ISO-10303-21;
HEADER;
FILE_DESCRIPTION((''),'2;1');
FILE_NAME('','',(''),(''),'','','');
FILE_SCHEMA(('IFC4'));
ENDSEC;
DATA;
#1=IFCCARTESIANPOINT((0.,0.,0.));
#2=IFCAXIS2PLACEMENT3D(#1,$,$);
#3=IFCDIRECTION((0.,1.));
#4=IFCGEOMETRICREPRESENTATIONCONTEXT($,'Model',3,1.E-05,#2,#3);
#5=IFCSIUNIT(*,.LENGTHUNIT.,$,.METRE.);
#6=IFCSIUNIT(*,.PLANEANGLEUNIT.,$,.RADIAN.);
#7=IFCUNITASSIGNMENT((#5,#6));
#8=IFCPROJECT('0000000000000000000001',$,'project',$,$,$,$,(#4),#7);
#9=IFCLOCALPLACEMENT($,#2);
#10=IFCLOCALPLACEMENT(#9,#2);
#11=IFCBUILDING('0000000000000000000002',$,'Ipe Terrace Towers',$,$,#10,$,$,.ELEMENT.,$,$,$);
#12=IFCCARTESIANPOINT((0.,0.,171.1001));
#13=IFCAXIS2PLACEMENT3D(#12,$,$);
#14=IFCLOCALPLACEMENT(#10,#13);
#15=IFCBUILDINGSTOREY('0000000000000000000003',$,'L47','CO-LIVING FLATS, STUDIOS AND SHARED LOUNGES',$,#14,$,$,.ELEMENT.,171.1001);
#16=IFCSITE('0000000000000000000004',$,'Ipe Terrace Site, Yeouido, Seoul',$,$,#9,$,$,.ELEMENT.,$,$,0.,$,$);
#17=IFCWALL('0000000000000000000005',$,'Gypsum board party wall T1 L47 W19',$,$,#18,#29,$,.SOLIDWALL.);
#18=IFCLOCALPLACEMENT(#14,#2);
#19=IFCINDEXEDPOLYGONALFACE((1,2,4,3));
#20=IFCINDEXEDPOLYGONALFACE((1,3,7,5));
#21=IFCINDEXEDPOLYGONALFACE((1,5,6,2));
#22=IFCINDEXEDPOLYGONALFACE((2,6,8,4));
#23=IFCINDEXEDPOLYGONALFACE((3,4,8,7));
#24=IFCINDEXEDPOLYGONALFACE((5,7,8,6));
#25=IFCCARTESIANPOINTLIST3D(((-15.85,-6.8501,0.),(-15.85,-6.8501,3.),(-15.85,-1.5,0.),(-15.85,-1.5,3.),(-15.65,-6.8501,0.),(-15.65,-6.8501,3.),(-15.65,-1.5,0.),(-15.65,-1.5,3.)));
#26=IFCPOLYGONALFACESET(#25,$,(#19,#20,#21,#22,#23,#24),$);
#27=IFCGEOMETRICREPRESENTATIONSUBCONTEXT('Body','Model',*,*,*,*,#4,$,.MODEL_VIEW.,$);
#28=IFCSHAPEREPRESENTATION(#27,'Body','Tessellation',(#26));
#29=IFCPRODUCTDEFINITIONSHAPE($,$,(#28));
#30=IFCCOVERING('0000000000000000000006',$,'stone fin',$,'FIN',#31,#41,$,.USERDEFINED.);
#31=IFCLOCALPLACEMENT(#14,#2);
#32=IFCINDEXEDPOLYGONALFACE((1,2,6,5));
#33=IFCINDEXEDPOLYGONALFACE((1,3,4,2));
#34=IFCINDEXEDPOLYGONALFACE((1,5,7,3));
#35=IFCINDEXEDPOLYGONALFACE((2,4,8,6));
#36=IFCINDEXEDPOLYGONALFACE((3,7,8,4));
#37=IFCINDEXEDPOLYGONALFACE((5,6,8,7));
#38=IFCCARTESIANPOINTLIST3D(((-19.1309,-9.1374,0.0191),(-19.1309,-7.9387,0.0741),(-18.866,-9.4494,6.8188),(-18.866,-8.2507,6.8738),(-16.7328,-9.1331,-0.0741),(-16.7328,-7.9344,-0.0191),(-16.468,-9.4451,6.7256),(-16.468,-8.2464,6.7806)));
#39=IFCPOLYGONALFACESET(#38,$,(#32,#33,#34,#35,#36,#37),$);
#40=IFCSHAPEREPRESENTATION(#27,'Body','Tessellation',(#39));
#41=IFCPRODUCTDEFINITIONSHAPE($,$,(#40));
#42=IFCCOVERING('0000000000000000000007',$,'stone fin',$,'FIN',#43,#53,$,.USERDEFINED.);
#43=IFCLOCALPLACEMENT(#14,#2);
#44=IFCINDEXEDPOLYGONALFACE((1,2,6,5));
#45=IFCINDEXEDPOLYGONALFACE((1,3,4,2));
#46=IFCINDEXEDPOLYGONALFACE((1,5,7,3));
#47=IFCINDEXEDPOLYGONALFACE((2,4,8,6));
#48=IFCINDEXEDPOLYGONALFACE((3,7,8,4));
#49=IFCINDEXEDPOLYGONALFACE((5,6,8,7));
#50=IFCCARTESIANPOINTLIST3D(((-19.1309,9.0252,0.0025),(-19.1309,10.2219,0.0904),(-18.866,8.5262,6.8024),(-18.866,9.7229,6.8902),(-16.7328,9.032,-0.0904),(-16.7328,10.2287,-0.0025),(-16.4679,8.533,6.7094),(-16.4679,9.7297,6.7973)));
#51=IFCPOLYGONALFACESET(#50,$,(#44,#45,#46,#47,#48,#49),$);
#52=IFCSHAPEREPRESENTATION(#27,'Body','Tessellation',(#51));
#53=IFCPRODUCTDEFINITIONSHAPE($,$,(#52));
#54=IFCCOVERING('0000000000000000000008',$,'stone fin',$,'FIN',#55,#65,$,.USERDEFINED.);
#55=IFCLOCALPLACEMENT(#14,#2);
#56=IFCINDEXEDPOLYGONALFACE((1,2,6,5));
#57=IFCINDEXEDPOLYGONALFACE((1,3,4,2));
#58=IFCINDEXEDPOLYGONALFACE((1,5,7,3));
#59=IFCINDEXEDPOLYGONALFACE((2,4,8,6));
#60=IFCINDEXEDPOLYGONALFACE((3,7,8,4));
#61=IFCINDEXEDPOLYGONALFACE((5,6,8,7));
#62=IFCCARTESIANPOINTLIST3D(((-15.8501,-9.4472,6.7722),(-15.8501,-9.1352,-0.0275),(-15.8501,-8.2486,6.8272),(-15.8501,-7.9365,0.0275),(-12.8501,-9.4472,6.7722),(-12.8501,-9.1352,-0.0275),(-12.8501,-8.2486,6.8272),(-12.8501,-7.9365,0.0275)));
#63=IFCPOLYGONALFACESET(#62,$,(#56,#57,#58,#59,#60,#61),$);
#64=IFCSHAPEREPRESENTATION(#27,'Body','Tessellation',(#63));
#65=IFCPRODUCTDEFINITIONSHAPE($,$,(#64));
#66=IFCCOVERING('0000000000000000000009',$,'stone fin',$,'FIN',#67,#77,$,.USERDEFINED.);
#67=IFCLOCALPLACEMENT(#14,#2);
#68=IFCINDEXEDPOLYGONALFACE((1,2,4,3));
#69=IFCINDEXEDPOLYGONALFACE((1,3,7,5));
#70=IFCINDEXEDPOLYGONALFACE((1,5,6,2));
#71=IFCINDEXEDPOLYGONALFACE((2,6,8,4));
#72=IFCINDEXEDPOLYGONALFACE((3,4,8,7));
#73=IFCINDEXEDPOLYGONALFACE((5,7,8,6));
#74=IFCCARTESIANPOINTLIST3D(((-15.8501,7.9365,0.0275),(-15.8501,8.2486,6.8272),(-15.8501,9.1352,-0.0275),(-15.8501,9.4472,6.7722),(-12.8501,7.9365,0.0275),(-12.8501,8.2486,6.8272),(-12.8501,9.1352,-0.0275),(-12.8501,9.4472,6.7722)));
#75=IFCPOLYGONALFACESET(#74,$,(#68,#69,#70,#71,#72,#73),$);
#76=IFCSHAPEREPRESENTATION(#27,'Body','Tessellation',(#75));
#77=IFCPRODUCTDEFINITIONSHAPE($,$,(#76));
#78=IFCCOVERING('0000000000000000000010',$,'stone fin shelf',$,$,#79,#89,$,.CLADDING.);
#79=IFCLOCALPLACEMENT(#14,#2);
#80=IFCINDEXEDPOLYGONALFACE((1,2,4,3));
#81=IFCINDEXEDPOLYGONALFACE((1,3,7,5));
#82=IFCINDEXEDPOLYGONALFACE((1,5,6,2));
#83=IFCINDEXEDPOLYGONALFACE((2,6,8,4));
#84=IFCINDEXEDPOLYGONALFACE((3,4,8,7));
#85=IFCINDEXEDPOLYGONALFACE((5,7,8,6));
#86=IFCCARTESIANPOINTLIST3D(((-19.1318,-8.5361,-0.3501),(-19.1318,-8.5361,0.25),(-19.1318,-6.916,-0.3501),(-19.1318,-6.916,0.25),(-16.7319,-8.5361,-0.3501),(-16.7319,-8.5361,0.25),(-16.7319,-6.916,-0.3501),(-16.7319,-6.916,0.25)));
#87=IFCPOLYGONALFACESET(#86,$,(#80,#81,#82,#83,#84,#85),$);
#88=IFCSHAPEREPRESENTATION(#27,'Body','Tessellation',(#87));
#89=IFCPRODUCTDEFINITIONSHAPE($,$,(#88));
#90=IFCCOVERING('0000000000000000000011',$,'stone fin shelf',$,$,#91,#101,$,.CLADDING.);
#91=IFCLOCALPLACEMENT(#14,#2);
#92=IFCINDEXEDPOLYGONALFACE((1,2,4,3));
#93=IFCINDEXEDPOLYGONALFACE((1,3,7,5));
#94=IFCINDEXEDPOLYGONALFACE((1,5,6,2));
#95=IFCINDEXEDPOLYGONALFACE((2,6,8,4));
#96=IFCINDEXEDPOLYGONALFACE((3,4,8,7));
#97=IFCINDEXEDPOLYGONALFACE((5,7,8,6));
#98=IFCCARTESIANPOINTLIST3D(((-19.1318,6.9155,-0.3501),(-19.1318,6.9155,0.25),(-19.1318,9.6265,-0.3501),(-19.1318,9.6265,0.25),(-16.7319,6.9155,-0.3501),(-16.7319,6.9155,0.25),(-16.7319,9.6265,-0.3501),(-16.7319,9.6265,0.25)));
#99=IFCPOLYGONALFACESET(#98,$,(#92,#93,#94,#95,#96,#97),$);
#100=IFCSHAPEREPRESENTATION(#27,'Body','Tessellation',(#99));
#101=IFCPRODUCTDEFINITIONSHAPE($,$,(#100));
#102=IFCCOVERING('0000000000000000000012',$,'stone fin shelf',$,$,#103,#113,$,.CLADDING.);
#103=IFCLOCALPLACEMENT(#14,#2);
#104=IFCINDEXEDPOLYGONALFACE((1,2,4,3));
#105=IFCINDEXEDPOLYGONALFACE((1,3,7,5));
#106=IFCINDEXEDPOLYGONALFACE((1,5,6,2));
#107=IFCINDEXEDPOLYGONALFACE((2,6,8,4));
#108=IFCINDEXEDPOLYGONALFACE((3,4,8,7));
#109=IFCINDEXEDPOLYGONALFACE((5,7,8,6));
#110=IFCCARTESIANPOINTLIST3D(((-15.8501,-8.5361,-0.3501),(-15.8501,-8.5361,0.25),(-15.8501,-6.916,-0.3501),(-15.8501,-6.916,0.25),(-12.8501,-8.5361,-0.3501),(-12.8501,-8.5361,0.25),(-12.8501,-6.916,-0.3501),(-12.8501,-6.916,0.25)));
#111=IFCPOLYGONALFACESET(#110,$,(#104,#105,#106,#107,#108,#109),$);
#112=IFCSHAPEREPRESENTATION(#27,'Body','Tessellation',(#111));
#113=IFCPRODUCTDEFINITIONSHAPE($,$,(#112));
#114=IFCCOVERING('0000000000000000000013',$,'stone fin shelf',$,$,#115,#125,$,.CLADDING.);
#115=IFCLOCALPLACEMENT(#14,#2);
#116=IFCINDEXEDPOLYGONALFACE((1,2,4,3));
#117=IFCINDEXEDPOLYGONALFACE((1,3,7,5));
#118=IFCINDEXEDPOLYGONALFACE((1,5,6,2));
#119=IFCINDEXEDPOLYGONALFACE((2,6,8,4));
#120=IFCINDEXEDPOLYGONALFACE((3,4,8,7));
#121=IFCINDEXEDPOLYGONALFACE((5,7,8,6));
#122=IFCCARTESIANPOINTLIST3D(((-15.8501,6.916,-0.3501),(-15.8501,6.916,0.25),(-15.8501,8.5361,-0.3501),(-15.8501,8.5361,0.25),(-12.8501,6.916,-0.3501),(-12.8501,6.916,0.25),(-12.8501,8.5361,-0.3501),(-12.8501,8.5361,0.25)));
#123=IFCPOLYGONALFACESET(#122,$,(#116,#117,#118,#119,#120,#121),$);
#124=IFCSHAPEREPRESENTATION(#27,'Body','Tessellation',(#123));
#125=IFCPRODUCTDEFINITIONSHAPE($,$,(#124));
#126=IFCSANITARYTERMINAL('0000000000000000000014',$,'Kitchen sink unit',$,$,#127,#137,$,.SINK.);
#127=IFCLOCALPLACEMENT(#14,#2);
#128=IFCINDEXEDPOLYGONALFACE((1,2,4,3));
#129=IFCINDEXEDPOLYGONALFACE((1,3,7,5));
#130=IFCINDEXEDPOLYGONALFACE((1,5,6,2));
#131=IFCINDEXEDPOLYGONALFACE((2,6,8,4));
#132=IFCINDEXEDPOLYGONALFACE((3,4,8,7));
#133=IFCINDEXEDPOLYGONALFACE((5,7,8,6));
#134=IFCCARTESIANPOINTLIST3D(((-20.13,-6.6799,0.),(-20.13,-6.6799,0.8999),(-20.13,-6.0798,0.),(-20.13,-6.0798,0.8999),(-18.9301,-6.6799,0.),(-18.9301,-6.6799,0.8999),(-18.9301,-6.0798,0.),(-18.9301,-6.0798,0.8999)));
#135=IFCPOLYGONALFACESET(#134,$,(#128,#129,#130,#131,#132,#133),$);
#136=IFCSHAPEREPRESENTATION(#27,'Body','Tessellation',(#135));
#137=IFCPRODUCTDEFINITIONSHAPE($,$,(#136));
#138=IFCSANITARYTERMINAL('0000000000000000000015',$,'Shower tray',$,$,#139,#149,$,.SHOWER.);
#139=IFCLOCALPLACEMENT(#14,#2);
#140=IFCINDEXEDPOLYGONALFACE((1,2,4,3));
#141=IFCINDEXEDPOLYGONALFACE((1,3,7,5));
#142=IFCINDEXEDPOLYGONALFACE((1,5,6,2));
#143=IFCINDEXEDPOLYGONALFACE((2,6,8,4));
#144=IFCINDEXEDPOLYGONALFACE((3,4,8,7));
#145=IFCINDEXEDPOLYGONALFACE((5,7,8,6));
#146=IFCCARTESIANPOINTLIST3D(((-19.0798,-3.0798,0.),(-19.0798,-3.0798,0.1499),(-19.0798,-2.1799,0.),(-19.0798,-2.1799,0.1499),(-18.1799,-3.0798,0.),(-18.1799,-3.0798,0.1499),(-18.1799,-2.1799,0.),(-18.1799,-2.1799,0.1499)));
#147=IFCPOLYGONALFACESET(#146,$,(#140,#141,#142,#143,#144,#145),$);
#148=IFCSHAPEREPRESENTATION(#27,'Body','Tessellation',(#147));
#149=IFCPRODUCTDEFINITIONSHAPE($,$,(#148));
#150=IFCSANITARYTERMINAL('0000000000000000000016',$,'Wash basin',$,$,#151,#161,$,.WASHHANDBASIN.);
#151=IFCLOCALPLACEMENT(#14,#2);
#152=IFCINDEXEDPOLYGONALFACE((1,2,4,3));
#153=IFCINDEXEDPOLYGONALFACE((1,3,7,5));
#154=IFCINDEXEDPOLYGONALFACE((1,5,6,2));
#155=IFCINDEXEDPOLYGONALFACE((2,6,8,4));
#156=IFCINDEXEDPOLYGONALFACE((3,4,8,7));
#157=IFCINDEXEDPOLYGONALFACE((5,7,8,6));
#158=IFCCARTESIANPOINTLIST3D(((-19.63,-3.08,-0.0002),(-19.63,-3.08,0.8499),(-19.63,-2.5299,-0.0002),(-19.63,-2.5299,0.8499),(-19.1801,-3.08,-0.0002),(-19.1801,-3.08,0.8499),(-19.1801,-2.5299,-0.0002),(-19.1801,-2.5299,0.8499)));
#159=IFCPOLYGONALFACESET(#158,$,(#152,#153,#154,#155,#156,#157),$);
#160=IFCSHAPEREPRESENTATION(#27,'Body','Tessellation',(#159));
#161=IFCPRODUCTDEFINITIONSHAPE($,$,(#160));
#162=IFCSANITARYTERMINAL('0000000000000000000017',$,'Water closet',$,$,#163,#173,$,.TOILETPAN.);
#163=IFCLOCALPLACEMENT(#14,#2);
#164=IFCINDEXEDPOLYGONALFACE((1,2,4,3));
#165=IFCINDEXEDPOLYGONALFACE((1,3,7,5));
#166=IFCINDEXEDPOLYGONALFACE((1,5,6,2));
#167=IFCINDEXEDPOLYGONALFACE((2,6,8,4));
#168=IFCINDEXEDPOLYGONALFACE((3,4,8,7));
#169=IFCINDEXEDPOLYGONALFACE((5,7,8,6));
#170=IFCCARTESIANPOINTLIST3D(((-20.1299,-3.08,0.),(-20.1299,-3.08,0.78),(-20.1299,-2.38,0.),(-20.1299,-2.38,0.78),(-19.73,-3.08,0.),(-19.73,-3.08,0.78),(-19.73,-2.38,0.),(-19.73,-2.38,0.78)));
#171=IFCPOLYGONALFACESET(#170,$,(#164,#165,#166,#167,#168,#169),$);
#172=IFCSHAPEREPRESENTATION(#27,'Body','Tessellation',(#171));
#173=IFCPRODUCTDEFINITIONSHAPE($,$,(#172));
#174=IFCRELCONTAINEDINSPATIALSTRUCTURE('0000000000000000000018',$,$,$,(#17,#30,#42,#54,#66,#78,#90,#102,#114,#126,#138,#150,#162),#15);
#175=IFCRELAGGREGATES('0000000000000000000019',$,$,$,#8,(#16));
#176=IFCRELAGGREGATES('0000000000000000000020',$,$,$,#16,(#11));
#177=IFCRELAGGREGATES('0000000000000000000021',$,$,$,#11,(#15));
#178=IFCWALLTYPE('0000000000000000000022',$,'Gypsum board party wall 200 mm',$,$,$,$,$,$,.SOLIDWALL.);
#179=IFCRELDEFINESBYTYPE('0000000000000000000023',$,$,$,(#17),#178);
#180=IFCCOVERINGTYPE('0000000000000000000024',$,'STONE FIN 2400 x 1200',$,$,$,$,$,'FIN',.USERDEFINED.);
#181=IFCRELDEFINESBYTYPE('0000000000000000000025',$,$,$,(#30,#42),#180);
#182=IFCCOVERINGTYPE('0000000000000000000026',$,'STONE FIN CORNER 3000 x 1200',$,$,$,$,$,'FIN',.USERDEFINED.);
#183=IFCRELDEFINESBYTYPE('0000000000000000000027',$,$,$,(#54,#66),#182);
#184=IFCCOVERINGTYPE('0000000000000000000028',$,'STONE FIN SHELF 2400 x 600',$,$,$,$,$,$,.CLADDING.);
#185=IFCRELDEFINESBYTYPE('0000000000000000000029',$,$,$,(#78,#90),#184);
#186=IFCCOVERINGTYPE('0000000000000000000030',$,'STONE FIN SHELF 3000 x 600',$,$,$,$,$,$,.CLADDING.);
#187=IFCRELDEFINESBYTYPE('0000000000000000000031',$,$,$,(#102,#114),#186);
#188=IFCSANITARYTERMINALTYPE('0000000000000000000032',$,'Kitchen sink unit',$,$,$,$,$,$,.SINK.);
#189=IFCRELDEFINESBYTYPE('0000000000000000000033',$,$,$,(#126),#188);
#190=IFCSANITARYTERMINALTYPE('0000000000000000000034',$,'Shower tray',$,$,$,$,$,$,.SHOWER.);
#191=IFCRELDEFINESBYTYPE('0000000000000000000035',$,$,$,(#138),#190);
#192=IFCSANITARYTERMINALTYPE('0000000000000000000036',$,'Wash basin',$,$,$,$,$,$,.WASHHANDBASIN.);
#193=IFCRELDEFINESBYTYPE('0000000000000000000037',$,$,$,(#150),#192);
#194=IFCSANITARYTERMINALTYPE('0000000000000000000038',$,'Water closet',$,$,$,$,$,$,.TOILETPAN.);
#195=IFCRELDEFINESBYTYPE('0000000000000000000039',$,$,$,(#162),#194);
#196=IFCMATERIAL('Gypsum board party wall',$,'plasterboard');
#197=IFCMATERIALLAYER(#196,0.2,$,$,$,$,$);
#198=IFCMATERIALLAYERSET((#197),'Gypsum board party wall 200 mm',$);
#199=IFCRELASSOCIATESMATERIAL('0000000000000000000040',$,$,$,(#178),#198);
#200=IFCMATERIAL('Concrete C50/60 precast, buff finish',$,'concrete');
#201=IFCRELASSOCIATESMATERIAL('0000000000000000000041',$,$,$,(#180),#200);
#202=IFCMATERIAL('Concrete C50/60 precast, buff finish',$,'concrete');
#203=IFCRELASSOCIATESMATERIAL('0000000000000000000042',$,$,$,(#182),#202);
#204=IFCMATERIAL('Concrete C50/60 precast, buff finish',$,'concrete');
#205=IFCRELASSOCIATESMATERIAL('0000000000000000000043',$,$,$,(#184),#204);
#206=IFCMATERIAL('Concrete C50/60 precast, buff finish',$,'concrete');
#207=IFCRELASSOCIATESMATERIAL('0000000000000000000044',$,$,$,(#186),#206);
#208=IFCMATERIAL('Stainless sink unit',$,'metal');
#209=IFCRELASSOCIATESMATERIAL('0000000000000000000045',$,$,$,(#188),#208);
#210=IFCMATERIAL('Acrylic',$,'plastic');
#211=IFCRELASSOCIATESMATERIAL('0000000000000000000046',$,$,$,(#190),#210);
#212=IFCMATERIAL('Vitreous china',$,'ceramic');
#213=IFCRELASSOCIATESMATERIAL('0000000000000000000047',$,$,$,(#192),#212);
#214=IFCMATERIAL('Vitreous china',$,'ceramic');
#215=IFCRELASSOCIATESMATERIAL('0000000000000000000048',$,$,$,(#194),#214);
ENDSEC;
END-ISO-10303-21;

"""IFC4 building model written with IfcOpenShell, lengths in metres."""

from ifc_helpers import new_model, si_unit, direction, frame, frame_2d, origin, origin_2d, place, context, subcontext, project, spatial, rectangle, extrude, material, layer, layer_set, material_profile, profile_set, type_object, element, save


model = new_model("IFC4")

# Units and contexts
model_context = context("Model", 3, precision=1e-05, world=origin(), true_north=direction((0.0, 1.0)))
body_context = subcontext(model_context, "Body", "Model", "MODEL_VIEW")
ifc_project = project(units=[si_unit("LENGTHUNIT", "METRE"), si_unit("PLANEANGLEUNIT", "RADIAN")], contexts=[model_context])

# Site, building, storey
site_placement = place(None, origin())
site = spatial("IfcSite", under=ifc_project, at=site_placement, Name="Ipe Terrace Site, Yeouido, Seoul", CompositionType="ELEMENT", RefElevation=0.0)
building_placement = place(site_placement, origin())
building = spatial("IfcBuilding", under=site, at=building_placement, Name="Ipe Terrace Towers", CompositionType="ELEMENT")
storey_placement = place(building_placement, frame((0.0, 0.0, 171.1001)))
storey = spatial("IfcBuildingStorey", under=building, at=storey_placement, Name="L47", Description="CO-LIVING FLATS, STUDIOS AND SHARED LOUNGES", CompositionType="ELEMENT", Elevation=171.1001)

# Wall
ifc_material_1 = material(Name="Gypsum board party wall", Category="plasterboard")
ifc_layer_1 = layer(ifc_material_1, 0.2)
ifc_layer_set_1 = layer_set([ifc_layer_1], Name="Gypsum board party wall 200 mm")
wall_type_1 = type_object("IfcWallType", Name="Gypsum board party wall 200 mm", PredefinedType="SOLIDWALL", material=ifc_layer_set_1)
wall_1_placement = place(storey_placement, frame((-15.75, -6.8501, 0.0), z_axis=(0.0, 0.0, 1.0), x_axis=(0.0, 1.0, 0.0)))
element("IfcWall", 1, at=wall_1_placement, inside=storey, type_object=wall_type_1, Name="Gypsum board party wall T1 L47 W19", PredefinedType="SOLIDWALL", context=body_context, shape_type="SweptSolid", body=[
    extrude(rectangle(XDim=5.3501, YDim=0.2, at=frame_2d((2.675, 0.0))), origin(), (0.0, 0.0, 1.0), 3.0),
])

# Coverings
ifc_material_2 = material(Name="Concrete C50/60 precast, buff finish", Category="concrete")
ifc_material_profile_1 = material_profile(ifc_material_2, rectangle(XDim=2.3999, YDim=1.2, at=origin_2d()), Name="STONE FIN 2400 x 1200")
ifc_profile_set_1 = profile_set([ifc_material_profile_1], Name="Concrete C50/60 precast, buff finish")
covering_type_1 = type_object("IfcCoveringType", Name="STONE FIN 2400 x 1200", ElementType="FIN", PredefinedType="USERDEFINED", material=ifc_profile_set_1)
covering_1_placement = place(storey_placement, frame((-17.9319, -8.5359, 0.0), z_axis=(0.038886, -0.045802, 0.998193), x_axis=(0.999244, 0.001782, -0.038845)))
element("IfcCovering", 2, at=covering_1_placement, inside=storey, type_object=covering_type_1, Name="stone fin", ObjectType="FIN", PredefinedType="USERDEFINED", context=body_context, shape_type="SweptSolid", body=[
    extrude(rectangle(XDim=2.3999, YDim=1.2, at=origin_2d()), origin(), (0.0, 0.0, 1.0), 6.812),
])
covering_2_placement = place(storey_placement, frame((-17.9319, 9.627, 0.0), z_axis=(0.038822, -0.073136, 0.996566), x_axis=(-0.999246, -0.002841, 0.038718)))
element("IfcCovering", 3, at=covering_2_placement, inside=storey, type_object=covering_type_1, Name="stone fin", ObjectType="FIN", PredefinedType="USERDEFINED", context=body_context, shape_type="SweptSolid", body=[
    extrude(rectangle(XDim=2.3999, YDim=1.2, at=origin_2d()), origin(), (0.0, 0.0, 1.0), 6.8232),
])
ifc_material_3 = material(Name="Concrete C50/60 precast, buff finish", Category="concrete")
ifc_material_profile_2 = material_profile(ifc_material_3, rectangle(XDim=3.0, YDim=1.2, at=origin_2d()), Name="STONE FIN CORNER 3000 x 1200")
ifc_profile_set_2 = profile_set([ifc_material_profile_2], Name="Concrete C50/60 precast, buff finish")
covering_type_2 = type_object("IfcCoveringType", Name="STONE FIN CORNER 3000 x 1200", ElementType="FIN", PredefinedType="USERDEFINED", material=ifc_profile_set_2)
for number, where, z_axis, x_axis, name in (
    (4, (-14.3501, -8.5359, 0.0), (0.0, -0.045837, 0.998949), (1.0, 0.0, 0.0), "stone fin"),
    (5, (-14.3501, 8.5359, 0.0), (0.0, 0.045837, 0.998949), (-1.0, 0.0, 0.0), "stone fin"),
):
    element("IfcCovering", number, at=place(storey_placement, frame(where, z_axis=z_axis, x_axis=x_axis)), inside=storey, type_object=covering_type_2, Name=name, ObjectType="FIN", PredefinedType="USERDEFINED", context=body_context, shape_type="SweptSolid", body=[
        extrude(rectangle(XDim=3.0, YDim=1.2, at=origin_2d()), origin(), (0.0, 0.0, 1.0), 6.8069),
    ])
ifc_material_4 = material(Name="Concrete C50/60 precast, buff finish", Category="concrete")
covering_type_3 = type_object("IfcCoveringType", Name="STONE FIN SHELF 2400 x 600", PredefinedType="CLADDING", material=ifc_material_4)
covering_3_placement = place(storey_placement, frame((-17.9319, -7.7261, -0.3501), z_axis=(0.0, 0.0, 1.0), x_axis=(1.0, 0.0, 0.0)))
element("IfcCovering", 6, at=covering_3_placement, inside=storey, type_object=covering_type_3, Name="stone fin shelf", PredefinedType="CLADDING", context=body_context, shape_type="SweptSolid", body=[
    extrude(rectangle(XDim=2.3999, YDim=1.6201, at=origin_2d()), origin(), (0.0, 0.0, 1.0), 0.6001),
])
covering_4_placement = place(storey_placement, frame((-17.9319, 8.271, -0.3501), z_axis=(0.0, 0.0, 1.0), x_axis=(-1.0, 0.0, 0.0)))
element("IfcCovering", 7, at=covering_4_placement, inside=storey, type_object=covering_type_3, Name="stone fin shelf", PredefinedType="CLADDING", context=body_context, shape_type="SweptSolid", body=[
    extrude(rectangle(XDim=2.3999, YDim=2.7109, at=origin_2d()), origin(), (0.0, 0.0, 1.0), 0.6001),
])
ifc_material_5 = material(Name="Concrete C50/60 precast, buff finish", Category="concrete")
covering_type_4 = type_object("IfcCoveringType", Name="STONE FIN SHELF 3000 x 600", PredefinedType="CLADDING", material=ifc_material_5)
for number, where, z_axis, x_axis, name in (
    (8, (-14.3501, -7.7261, -0.3501), (0.0, 0.0, 1.0), (1.0, 0.0, 0.0), "stone fin shelf"),
    (9, (-14.3501, 7.7261, -0.3501), (0.0, 0.0, 1.0), (-1.0, 0.0, 0.0), "stone fin shelf"),
):
    element("IfcCovering", number, at=place(storey_placement, frame(where, z_axis=z_axis, x_axis=x_axis)), inside=storey, type_object=covering_type_4, Name=name, PredefinedType="CLADDING", context=body_context, shape_type="SweptSolid", body=[
        extrude(rectangle(XDim=3.0, YDim=1.6201, at=origin_2d()), origin(), (0.0, 0.0, 1.0), 0.6001),
    ])

# Sanitary terminals
ifc_material_6 = material(Name="Stainless sink unit", Category="metal")
sanitary_terminal_type_1 = type_object("IfcSanitaryTerminalType", Name="Kitchen sink unit", PredefinedType="SINK", material=ifc_material_6)
sanitary_terminal_1_placement = place(storey_placement, frame((-19.53, -6.3799, 0.0), z_axis=(0.0, 0.0, 1.0), x_axis=(-1.0, 0.0, 0.0)))
element("IfcSanitaryTerminal", 10, at=sanitary_terminal_1_placement, inside=storey, type_object=sanitary_terminal_type_1, Name="Kitchen sink unit", PredefinedType="SINK", context=body_context, shape_type="SweptSolid", body=[
    extrude(rectangle(XDim=1.2, YDim=0.6001, at=origin_2d()), origin(), (0.0, 0.0, 1.0), 0.8999),
])
ifc_material_7 = material(Name="Acrylic", Category="plastic")
sanitary_terminal_type_2 = type_object("IfcSanitaryTerminalType", Name="Shower tray", PredefinedType="SHOWER", material=ifc_material_7)
sanitary_terminal_2_placement = place(storey_placement, frame((-18.6299, -2.6299, 0.0), z_axis=(0.0, 0.0, 1.0), x_axis=(0.0, 1.0, 0.0)))
element("IfcSanitaryTerminal", 11, at=sanitary_terminal_2_placement, inside=storey, type_object=sanitary_terminal_type_2, Name="Shower tray", PredefinedType="SHOWER", context=body_context, shape_type="SweptSolid", body=[
    extrude(rectangle(XDim=0.8999, YDim=0.8999, at=origin_2d()), origin(), (0.0, 0.0, 1.0), 0.1499),
])
ifc_material_8 = material(Name="Vitreous china", Category="ceramic")
sanitary_terminal_type_3 = type_object("IfcSanitaryTerminalType", Name="Wash basin", PredefinedType="WASHHANDBASIN", material=ifc_material_8)
sanitary_terminal_3_placement = place(storey_placement, frame((-19.405, -2.8049, -0.0002), z_axis=(0.0, 0.0, 1.0), x_axis=(0.0, 1.0, 0.0)))
element("IfcSanitaryTerminal", 12, at=sanitary_terminal_3_placement, inside=storey, type_object=sanitary_terminal_type_3, Name="Wash basin", PredefinedType="WASHHANDBASIN", context=body_context, shape_type="SweptSolid", body=[
    extrude(rectangle(XDim=0.55, YDim=0.45, at=origin_2d()), origin(), (0.0, 0.0, 1.0), 0.8501),
])
ifc_material_9 = material(Name="Vitreous china", Category="ceramic")
sanitary_terminal_type_4 = type_object("IfcSanitaryTerminalType", Name="Water closet", PredefinedType="TOILETPAN", material=ifc_material_9)
sanitary_terminal_4_placement = place(storey_placement, frame((-19.9299, -2.73, 0.0), z_axis=(0.0, 0.0, 1.0), x_axis=(0.0, 1.0, 0.0)))
element("IfcSanitaryTerminal", 13, at=sanitary_terminal_4_placement, inside=storey, type_object=sanitary_terminal_type_4, Name="Water closet", PredefinedType="TOILETPAN", context=body_context, shape_type="SweptSolid", body=[
    extrude(rectangle(XDim=0.7, YDim=0.3999, at=origin_2d()), origin(), (0.0, 0.0, 1.0), 0.78),
])

save(model, "model.ifc")
